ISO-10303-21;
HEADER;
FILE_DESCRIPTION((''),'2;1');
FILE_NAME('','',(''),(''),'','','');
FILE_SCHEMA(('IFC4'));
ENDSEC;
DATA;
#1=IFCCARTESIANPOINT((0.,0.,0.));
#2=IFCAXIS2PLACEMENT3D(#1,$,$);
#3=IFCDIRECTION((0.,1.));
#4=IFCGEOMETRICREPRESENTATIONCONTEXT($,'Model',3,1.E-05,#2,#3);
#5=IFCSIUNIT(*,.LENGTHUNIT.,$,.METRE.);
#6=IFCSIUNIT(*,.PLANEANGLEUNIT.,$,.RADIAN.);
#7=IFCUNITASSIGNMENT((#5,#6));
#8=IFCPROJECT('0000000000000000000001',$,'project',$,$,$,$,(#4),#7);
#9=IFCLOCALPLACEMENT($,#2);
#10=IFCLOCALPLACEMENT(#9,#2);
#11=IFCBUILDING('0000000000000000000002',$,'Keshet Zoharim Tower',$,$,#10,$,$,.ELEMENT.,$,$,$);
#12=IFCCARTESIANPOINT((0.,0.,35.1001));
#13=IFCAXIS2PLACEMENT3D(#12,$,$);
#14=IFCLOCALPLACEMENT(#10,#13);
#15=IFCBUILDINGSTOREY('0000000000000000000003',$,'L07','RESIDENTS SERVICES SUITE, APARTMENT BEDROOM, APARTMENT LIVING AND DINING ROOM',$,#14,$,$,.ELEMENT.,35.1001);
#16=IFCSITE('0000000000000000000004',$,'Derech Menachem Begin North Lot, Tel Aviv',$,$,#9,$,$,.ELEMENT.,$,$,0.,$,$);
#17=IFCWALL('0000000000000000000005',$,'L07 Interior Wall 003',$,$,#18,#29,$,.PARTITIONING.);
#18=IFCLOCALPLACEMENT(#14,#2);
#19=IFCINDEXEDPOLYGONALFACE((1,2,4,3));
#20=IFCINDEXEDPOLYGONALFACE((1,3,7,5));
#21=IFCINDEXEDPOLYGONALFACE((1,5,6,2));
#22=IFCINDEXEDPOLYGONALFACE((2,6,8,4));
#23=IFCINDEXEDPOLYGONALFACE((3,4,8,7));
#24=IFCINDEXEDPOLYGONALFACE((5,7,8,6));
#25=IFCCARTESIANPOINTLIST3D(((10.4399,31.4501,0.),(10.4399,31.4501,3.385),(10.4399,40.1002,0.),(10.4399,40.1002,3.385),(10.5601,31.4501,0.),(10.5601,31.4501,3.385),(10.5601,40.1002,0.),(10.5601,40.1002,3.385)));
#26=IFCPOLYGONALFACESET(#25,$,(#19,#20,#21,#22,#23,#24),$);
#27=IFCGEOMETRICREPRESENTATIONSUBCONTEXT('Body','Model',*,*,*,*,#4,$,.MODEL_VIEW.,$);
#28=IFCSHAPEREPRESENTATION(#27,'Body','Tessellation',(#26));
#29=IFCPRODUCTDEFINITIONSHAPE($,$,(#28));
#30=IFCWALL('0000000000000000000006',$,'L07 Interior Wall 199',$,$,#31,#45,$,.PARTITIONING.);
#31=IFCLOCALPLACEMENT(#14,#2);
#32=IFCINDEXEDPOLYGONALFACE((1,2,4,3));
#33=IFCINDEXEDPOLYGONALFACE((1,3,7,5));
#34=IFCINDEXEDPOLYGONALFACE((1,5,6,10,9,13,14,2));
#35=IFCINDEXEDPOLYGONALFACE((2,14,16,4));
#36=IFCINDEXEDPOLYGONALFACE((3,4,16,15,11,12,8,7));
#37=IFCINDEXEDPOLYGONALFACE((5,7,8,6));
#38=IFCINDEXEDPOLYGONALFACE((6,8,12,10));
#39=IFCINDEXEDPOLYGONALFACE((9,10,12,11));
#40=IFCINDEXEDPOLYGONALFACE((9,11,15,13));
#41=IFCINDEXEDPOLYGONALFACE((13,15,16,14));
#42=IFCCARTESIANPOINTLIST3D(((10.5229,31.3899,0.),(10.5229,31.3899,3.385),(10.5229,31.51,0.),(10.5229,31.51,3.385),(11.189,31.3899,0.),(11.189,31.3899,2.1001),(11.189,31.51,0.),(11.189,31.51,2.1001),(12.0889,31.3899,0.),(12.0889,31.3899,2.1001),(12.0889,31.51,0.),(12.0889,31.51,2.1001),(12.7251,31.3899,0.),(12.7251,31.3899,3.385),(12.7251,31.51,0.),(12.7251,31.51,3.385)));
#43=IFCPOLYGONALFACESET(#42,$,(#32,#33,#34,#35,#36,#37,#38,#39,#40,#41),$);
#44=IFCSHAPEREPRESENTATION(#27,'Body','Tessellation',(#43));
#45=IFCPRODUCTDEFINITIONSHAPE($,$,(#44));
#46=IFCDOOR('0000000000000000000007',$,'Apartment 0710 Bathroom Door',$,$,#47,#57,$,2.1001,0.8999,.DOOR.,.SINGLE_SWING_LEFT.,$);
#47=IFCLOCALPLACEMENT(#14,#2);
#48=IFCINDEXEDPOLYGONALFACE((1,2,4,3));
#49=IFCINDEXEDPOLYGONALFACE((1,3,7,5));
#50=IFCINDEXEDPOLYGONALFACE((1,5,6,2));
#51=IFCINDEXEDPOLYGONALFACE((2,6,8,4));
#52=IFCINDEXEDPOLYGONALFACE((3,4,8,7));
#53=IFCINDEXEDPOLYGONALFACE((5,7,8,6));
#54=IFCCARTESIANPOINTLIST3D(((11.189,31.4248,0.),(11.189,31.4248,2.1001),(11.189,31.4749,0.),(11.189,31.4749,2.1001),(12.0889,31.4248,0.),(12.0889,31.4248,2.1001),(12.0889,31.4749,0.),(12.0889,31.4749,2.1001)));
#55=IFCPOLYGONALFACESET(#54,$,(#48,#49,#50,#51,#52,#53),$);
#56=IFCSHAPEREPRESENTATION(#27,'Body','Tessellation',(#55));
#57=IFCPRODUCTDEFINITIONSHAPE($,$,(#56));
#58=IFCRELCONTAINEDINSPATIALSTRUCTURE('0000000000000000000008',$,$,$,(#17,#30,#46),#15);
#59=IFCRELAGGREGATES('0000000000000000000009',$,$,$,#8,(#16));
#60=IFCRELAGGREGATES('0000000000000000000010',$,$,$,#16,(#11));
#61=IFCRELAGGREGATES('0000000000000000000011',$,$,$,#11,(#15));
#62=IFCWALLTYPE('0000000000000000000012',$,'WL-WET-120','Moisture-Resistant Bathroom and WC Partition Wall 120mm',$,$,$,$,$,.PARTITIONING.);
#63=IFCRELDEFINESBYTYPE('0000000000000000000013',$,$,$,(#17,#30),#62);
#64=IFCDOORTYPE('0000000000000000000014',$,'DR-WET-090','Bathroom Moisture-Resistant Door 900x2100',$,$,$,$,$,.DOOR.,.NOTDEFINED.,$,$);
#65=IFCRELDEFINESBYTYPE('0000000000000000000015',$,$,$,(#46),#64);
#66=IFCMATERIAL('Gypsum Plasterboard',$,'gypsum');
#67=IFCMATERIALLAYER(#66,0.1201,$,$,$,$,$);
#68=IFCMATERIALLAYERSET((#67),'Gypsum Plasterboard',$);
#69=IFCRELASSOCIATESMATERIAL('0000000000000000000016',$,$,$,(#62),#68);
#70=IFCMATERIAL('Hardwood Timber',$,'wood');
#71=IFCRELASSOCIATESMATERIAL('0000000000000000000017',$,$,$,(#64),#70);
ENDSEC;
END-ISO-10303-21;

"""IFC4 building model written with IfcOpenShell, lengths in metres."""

from ifc_helpers import new_model, si_unit, direction, frame, frame_2d, origin, place, context, subcontext, project, spatial, rectangle, extrude, material, layer, layer_set, type_object, element, fill, save


model = new_model("IFC4")

# Units and contexts
model_context = context("Model", 3, precision=1e-05, world=origin(), true_north=direction((0.0, 1.0)))
body_context = subcontext(model_context, "Body", "Model", "MODEL_VIEW")
ifc_project = project(units=[si_unit("LENGTHUNIT", "METRE"), si_unit("PLANEANGLEUNIT", "RADIAN")], contexts=[model_context])

# Site, building, storey
site_placement = place(None, origin())
site = spatial("IfcSite", under=ifc_project, at=site_placement, Name="Derech Menachem Begin North Lot, Tel Aviv", CompositionType="ELEMENT", RefElevation=0.0)
building_placement = place(site_placement, origin())
building = spatial("IfcBuilding", under=site, at=building_placement, Name="Keshet Zoharim Tower", CompositionType="ELEMENT")
storey_placement = place(building_placement, frame((0.0, 0.0, 35.1001)))
storey = spatial("IfcBuildingStorey", under=building, at=storey_placement, Name="L07", Description="RESIDENTS SERVICES SUITE, APARTMENT BEDROOM, APARTMENT LIVING AND DINING ROOM", CompositionType="ELEMENT", Elevation=35.1001)

# Shared definitions
ifc_material_1 = material(Name="Gypsum Plasterboard", Category="gypsum")

# Shared definitions
ifc_material_2 = material(Name="Hardwood Timber", Category="wood")

# Wall
ifc_layer_1 = layer(ifc_material_1, 0.1201)
ifc_layer_set_1 = layer_set([ifc_layer_1], Name="Gypsum Plasterboard")
wall_type_1 = type_object("IfcWallType", Name="WL-WET-120", Description="Moisture-Resistant Bathroom and WC Partition Wall 120mm", PredefinedType="PARTITIONING", material=ifc_layer_set_1)
wall_1_placement = place(storey_placement, frame((10.5, 31.45, 0.0), z_axis=(0.0, 0.0, 1.0), x_axis=(0.0, 1.0, 0.0)))
element("IfcWall", 1, at=wall_1_placement, inside=storey, type_object=wall_type_1, Name="L07 Interior Wall 003", PredefinedType="PARTITIONING", context=body_context, shape_type="SweptSolid", body=[
    extrude(rectangle(XDim=8.6501, YDim=0.1201, at=frame_2d((4.3252, 0.0))), origin(), (0.0, 0.0, 1.0), 3.385),
])

# Wall, opening, door
wall_2_placement = place(storey_placement, frame((10.5229, 31.45, 0.0), z_axis=(0.0, 0.0, 1.0), x_axis=(1.0, 0.0, 0.0)))
wall_2 = element("IfcWall", 2, at=wall_2_placement, inside=storey, type_object=wall_type_1, Name="L07 Interior Wall 199", PredefinedType="PARTITIONING", context=body_context, shape_type="SweptSolid", body=[
    extrude(rectangle(XDim=2.2021, YDim=0.1201, at=frame_2d((1.1011, 0.0))), origin(), (0.0, 0.0, 1.0), 3.385),
])
opening_1_placement = place(wall_2_placement, frame((0.666, 0.0, 0.0)))
opening_1 = element("IfcOpeningElement", 3, at=opening_1_placement, cuts=wall_2, PredefinedType="OPENING", context=body_context, shape_type="SweptSolid", body=[
    extrude(rectangle(XDim=0.8999, YDim=2.1001, at=frame_2d((0.45, 1.05))), frame((0.0, 0.0701, 0.0), z_axis=(0.0, -1.0, 0.0), x_axis=(1.0, 0.0, 0.0)), (0.0, 0.0, 1.0), 0.1401),
])
door_type_1 = type_object("IfcDoorType", Name="DR-WET-090", Description="Bathroom Moisture-Resistant Door 900x2100", OperationType="NOTDEFINED", PredefinedType="DOOR", material=ifc_material_2)
door_1_placement = place(opening_1_placement, origin())
door_1 = element("IfcDoor", 4, at=door_1_placement, inside=storey, type_object=door_type_1, Name="Apartment 0710 Bathroom Door", OperationType="SINGLE_SWING_LEFT", OverallHeight=2.1001, OverallWidth=0.8999, PredefinedType="DOOR", context=body_context, shape_type="SweptSolid", body=[
    extrude(rectangle(XDim=0.8999, YDim=2.1001, at=frame_2d((0.45, 1.05))), frame((0.0, 0.0249, 0.0), z_axis=(0.0, -1.0, 0.0), x_axis=(1.0, 0.0, 0.0)), (0.0, 0.0, 1.0), 0.05),
])
fill(opening_1, door_1)

save(model, "model.ifc")
